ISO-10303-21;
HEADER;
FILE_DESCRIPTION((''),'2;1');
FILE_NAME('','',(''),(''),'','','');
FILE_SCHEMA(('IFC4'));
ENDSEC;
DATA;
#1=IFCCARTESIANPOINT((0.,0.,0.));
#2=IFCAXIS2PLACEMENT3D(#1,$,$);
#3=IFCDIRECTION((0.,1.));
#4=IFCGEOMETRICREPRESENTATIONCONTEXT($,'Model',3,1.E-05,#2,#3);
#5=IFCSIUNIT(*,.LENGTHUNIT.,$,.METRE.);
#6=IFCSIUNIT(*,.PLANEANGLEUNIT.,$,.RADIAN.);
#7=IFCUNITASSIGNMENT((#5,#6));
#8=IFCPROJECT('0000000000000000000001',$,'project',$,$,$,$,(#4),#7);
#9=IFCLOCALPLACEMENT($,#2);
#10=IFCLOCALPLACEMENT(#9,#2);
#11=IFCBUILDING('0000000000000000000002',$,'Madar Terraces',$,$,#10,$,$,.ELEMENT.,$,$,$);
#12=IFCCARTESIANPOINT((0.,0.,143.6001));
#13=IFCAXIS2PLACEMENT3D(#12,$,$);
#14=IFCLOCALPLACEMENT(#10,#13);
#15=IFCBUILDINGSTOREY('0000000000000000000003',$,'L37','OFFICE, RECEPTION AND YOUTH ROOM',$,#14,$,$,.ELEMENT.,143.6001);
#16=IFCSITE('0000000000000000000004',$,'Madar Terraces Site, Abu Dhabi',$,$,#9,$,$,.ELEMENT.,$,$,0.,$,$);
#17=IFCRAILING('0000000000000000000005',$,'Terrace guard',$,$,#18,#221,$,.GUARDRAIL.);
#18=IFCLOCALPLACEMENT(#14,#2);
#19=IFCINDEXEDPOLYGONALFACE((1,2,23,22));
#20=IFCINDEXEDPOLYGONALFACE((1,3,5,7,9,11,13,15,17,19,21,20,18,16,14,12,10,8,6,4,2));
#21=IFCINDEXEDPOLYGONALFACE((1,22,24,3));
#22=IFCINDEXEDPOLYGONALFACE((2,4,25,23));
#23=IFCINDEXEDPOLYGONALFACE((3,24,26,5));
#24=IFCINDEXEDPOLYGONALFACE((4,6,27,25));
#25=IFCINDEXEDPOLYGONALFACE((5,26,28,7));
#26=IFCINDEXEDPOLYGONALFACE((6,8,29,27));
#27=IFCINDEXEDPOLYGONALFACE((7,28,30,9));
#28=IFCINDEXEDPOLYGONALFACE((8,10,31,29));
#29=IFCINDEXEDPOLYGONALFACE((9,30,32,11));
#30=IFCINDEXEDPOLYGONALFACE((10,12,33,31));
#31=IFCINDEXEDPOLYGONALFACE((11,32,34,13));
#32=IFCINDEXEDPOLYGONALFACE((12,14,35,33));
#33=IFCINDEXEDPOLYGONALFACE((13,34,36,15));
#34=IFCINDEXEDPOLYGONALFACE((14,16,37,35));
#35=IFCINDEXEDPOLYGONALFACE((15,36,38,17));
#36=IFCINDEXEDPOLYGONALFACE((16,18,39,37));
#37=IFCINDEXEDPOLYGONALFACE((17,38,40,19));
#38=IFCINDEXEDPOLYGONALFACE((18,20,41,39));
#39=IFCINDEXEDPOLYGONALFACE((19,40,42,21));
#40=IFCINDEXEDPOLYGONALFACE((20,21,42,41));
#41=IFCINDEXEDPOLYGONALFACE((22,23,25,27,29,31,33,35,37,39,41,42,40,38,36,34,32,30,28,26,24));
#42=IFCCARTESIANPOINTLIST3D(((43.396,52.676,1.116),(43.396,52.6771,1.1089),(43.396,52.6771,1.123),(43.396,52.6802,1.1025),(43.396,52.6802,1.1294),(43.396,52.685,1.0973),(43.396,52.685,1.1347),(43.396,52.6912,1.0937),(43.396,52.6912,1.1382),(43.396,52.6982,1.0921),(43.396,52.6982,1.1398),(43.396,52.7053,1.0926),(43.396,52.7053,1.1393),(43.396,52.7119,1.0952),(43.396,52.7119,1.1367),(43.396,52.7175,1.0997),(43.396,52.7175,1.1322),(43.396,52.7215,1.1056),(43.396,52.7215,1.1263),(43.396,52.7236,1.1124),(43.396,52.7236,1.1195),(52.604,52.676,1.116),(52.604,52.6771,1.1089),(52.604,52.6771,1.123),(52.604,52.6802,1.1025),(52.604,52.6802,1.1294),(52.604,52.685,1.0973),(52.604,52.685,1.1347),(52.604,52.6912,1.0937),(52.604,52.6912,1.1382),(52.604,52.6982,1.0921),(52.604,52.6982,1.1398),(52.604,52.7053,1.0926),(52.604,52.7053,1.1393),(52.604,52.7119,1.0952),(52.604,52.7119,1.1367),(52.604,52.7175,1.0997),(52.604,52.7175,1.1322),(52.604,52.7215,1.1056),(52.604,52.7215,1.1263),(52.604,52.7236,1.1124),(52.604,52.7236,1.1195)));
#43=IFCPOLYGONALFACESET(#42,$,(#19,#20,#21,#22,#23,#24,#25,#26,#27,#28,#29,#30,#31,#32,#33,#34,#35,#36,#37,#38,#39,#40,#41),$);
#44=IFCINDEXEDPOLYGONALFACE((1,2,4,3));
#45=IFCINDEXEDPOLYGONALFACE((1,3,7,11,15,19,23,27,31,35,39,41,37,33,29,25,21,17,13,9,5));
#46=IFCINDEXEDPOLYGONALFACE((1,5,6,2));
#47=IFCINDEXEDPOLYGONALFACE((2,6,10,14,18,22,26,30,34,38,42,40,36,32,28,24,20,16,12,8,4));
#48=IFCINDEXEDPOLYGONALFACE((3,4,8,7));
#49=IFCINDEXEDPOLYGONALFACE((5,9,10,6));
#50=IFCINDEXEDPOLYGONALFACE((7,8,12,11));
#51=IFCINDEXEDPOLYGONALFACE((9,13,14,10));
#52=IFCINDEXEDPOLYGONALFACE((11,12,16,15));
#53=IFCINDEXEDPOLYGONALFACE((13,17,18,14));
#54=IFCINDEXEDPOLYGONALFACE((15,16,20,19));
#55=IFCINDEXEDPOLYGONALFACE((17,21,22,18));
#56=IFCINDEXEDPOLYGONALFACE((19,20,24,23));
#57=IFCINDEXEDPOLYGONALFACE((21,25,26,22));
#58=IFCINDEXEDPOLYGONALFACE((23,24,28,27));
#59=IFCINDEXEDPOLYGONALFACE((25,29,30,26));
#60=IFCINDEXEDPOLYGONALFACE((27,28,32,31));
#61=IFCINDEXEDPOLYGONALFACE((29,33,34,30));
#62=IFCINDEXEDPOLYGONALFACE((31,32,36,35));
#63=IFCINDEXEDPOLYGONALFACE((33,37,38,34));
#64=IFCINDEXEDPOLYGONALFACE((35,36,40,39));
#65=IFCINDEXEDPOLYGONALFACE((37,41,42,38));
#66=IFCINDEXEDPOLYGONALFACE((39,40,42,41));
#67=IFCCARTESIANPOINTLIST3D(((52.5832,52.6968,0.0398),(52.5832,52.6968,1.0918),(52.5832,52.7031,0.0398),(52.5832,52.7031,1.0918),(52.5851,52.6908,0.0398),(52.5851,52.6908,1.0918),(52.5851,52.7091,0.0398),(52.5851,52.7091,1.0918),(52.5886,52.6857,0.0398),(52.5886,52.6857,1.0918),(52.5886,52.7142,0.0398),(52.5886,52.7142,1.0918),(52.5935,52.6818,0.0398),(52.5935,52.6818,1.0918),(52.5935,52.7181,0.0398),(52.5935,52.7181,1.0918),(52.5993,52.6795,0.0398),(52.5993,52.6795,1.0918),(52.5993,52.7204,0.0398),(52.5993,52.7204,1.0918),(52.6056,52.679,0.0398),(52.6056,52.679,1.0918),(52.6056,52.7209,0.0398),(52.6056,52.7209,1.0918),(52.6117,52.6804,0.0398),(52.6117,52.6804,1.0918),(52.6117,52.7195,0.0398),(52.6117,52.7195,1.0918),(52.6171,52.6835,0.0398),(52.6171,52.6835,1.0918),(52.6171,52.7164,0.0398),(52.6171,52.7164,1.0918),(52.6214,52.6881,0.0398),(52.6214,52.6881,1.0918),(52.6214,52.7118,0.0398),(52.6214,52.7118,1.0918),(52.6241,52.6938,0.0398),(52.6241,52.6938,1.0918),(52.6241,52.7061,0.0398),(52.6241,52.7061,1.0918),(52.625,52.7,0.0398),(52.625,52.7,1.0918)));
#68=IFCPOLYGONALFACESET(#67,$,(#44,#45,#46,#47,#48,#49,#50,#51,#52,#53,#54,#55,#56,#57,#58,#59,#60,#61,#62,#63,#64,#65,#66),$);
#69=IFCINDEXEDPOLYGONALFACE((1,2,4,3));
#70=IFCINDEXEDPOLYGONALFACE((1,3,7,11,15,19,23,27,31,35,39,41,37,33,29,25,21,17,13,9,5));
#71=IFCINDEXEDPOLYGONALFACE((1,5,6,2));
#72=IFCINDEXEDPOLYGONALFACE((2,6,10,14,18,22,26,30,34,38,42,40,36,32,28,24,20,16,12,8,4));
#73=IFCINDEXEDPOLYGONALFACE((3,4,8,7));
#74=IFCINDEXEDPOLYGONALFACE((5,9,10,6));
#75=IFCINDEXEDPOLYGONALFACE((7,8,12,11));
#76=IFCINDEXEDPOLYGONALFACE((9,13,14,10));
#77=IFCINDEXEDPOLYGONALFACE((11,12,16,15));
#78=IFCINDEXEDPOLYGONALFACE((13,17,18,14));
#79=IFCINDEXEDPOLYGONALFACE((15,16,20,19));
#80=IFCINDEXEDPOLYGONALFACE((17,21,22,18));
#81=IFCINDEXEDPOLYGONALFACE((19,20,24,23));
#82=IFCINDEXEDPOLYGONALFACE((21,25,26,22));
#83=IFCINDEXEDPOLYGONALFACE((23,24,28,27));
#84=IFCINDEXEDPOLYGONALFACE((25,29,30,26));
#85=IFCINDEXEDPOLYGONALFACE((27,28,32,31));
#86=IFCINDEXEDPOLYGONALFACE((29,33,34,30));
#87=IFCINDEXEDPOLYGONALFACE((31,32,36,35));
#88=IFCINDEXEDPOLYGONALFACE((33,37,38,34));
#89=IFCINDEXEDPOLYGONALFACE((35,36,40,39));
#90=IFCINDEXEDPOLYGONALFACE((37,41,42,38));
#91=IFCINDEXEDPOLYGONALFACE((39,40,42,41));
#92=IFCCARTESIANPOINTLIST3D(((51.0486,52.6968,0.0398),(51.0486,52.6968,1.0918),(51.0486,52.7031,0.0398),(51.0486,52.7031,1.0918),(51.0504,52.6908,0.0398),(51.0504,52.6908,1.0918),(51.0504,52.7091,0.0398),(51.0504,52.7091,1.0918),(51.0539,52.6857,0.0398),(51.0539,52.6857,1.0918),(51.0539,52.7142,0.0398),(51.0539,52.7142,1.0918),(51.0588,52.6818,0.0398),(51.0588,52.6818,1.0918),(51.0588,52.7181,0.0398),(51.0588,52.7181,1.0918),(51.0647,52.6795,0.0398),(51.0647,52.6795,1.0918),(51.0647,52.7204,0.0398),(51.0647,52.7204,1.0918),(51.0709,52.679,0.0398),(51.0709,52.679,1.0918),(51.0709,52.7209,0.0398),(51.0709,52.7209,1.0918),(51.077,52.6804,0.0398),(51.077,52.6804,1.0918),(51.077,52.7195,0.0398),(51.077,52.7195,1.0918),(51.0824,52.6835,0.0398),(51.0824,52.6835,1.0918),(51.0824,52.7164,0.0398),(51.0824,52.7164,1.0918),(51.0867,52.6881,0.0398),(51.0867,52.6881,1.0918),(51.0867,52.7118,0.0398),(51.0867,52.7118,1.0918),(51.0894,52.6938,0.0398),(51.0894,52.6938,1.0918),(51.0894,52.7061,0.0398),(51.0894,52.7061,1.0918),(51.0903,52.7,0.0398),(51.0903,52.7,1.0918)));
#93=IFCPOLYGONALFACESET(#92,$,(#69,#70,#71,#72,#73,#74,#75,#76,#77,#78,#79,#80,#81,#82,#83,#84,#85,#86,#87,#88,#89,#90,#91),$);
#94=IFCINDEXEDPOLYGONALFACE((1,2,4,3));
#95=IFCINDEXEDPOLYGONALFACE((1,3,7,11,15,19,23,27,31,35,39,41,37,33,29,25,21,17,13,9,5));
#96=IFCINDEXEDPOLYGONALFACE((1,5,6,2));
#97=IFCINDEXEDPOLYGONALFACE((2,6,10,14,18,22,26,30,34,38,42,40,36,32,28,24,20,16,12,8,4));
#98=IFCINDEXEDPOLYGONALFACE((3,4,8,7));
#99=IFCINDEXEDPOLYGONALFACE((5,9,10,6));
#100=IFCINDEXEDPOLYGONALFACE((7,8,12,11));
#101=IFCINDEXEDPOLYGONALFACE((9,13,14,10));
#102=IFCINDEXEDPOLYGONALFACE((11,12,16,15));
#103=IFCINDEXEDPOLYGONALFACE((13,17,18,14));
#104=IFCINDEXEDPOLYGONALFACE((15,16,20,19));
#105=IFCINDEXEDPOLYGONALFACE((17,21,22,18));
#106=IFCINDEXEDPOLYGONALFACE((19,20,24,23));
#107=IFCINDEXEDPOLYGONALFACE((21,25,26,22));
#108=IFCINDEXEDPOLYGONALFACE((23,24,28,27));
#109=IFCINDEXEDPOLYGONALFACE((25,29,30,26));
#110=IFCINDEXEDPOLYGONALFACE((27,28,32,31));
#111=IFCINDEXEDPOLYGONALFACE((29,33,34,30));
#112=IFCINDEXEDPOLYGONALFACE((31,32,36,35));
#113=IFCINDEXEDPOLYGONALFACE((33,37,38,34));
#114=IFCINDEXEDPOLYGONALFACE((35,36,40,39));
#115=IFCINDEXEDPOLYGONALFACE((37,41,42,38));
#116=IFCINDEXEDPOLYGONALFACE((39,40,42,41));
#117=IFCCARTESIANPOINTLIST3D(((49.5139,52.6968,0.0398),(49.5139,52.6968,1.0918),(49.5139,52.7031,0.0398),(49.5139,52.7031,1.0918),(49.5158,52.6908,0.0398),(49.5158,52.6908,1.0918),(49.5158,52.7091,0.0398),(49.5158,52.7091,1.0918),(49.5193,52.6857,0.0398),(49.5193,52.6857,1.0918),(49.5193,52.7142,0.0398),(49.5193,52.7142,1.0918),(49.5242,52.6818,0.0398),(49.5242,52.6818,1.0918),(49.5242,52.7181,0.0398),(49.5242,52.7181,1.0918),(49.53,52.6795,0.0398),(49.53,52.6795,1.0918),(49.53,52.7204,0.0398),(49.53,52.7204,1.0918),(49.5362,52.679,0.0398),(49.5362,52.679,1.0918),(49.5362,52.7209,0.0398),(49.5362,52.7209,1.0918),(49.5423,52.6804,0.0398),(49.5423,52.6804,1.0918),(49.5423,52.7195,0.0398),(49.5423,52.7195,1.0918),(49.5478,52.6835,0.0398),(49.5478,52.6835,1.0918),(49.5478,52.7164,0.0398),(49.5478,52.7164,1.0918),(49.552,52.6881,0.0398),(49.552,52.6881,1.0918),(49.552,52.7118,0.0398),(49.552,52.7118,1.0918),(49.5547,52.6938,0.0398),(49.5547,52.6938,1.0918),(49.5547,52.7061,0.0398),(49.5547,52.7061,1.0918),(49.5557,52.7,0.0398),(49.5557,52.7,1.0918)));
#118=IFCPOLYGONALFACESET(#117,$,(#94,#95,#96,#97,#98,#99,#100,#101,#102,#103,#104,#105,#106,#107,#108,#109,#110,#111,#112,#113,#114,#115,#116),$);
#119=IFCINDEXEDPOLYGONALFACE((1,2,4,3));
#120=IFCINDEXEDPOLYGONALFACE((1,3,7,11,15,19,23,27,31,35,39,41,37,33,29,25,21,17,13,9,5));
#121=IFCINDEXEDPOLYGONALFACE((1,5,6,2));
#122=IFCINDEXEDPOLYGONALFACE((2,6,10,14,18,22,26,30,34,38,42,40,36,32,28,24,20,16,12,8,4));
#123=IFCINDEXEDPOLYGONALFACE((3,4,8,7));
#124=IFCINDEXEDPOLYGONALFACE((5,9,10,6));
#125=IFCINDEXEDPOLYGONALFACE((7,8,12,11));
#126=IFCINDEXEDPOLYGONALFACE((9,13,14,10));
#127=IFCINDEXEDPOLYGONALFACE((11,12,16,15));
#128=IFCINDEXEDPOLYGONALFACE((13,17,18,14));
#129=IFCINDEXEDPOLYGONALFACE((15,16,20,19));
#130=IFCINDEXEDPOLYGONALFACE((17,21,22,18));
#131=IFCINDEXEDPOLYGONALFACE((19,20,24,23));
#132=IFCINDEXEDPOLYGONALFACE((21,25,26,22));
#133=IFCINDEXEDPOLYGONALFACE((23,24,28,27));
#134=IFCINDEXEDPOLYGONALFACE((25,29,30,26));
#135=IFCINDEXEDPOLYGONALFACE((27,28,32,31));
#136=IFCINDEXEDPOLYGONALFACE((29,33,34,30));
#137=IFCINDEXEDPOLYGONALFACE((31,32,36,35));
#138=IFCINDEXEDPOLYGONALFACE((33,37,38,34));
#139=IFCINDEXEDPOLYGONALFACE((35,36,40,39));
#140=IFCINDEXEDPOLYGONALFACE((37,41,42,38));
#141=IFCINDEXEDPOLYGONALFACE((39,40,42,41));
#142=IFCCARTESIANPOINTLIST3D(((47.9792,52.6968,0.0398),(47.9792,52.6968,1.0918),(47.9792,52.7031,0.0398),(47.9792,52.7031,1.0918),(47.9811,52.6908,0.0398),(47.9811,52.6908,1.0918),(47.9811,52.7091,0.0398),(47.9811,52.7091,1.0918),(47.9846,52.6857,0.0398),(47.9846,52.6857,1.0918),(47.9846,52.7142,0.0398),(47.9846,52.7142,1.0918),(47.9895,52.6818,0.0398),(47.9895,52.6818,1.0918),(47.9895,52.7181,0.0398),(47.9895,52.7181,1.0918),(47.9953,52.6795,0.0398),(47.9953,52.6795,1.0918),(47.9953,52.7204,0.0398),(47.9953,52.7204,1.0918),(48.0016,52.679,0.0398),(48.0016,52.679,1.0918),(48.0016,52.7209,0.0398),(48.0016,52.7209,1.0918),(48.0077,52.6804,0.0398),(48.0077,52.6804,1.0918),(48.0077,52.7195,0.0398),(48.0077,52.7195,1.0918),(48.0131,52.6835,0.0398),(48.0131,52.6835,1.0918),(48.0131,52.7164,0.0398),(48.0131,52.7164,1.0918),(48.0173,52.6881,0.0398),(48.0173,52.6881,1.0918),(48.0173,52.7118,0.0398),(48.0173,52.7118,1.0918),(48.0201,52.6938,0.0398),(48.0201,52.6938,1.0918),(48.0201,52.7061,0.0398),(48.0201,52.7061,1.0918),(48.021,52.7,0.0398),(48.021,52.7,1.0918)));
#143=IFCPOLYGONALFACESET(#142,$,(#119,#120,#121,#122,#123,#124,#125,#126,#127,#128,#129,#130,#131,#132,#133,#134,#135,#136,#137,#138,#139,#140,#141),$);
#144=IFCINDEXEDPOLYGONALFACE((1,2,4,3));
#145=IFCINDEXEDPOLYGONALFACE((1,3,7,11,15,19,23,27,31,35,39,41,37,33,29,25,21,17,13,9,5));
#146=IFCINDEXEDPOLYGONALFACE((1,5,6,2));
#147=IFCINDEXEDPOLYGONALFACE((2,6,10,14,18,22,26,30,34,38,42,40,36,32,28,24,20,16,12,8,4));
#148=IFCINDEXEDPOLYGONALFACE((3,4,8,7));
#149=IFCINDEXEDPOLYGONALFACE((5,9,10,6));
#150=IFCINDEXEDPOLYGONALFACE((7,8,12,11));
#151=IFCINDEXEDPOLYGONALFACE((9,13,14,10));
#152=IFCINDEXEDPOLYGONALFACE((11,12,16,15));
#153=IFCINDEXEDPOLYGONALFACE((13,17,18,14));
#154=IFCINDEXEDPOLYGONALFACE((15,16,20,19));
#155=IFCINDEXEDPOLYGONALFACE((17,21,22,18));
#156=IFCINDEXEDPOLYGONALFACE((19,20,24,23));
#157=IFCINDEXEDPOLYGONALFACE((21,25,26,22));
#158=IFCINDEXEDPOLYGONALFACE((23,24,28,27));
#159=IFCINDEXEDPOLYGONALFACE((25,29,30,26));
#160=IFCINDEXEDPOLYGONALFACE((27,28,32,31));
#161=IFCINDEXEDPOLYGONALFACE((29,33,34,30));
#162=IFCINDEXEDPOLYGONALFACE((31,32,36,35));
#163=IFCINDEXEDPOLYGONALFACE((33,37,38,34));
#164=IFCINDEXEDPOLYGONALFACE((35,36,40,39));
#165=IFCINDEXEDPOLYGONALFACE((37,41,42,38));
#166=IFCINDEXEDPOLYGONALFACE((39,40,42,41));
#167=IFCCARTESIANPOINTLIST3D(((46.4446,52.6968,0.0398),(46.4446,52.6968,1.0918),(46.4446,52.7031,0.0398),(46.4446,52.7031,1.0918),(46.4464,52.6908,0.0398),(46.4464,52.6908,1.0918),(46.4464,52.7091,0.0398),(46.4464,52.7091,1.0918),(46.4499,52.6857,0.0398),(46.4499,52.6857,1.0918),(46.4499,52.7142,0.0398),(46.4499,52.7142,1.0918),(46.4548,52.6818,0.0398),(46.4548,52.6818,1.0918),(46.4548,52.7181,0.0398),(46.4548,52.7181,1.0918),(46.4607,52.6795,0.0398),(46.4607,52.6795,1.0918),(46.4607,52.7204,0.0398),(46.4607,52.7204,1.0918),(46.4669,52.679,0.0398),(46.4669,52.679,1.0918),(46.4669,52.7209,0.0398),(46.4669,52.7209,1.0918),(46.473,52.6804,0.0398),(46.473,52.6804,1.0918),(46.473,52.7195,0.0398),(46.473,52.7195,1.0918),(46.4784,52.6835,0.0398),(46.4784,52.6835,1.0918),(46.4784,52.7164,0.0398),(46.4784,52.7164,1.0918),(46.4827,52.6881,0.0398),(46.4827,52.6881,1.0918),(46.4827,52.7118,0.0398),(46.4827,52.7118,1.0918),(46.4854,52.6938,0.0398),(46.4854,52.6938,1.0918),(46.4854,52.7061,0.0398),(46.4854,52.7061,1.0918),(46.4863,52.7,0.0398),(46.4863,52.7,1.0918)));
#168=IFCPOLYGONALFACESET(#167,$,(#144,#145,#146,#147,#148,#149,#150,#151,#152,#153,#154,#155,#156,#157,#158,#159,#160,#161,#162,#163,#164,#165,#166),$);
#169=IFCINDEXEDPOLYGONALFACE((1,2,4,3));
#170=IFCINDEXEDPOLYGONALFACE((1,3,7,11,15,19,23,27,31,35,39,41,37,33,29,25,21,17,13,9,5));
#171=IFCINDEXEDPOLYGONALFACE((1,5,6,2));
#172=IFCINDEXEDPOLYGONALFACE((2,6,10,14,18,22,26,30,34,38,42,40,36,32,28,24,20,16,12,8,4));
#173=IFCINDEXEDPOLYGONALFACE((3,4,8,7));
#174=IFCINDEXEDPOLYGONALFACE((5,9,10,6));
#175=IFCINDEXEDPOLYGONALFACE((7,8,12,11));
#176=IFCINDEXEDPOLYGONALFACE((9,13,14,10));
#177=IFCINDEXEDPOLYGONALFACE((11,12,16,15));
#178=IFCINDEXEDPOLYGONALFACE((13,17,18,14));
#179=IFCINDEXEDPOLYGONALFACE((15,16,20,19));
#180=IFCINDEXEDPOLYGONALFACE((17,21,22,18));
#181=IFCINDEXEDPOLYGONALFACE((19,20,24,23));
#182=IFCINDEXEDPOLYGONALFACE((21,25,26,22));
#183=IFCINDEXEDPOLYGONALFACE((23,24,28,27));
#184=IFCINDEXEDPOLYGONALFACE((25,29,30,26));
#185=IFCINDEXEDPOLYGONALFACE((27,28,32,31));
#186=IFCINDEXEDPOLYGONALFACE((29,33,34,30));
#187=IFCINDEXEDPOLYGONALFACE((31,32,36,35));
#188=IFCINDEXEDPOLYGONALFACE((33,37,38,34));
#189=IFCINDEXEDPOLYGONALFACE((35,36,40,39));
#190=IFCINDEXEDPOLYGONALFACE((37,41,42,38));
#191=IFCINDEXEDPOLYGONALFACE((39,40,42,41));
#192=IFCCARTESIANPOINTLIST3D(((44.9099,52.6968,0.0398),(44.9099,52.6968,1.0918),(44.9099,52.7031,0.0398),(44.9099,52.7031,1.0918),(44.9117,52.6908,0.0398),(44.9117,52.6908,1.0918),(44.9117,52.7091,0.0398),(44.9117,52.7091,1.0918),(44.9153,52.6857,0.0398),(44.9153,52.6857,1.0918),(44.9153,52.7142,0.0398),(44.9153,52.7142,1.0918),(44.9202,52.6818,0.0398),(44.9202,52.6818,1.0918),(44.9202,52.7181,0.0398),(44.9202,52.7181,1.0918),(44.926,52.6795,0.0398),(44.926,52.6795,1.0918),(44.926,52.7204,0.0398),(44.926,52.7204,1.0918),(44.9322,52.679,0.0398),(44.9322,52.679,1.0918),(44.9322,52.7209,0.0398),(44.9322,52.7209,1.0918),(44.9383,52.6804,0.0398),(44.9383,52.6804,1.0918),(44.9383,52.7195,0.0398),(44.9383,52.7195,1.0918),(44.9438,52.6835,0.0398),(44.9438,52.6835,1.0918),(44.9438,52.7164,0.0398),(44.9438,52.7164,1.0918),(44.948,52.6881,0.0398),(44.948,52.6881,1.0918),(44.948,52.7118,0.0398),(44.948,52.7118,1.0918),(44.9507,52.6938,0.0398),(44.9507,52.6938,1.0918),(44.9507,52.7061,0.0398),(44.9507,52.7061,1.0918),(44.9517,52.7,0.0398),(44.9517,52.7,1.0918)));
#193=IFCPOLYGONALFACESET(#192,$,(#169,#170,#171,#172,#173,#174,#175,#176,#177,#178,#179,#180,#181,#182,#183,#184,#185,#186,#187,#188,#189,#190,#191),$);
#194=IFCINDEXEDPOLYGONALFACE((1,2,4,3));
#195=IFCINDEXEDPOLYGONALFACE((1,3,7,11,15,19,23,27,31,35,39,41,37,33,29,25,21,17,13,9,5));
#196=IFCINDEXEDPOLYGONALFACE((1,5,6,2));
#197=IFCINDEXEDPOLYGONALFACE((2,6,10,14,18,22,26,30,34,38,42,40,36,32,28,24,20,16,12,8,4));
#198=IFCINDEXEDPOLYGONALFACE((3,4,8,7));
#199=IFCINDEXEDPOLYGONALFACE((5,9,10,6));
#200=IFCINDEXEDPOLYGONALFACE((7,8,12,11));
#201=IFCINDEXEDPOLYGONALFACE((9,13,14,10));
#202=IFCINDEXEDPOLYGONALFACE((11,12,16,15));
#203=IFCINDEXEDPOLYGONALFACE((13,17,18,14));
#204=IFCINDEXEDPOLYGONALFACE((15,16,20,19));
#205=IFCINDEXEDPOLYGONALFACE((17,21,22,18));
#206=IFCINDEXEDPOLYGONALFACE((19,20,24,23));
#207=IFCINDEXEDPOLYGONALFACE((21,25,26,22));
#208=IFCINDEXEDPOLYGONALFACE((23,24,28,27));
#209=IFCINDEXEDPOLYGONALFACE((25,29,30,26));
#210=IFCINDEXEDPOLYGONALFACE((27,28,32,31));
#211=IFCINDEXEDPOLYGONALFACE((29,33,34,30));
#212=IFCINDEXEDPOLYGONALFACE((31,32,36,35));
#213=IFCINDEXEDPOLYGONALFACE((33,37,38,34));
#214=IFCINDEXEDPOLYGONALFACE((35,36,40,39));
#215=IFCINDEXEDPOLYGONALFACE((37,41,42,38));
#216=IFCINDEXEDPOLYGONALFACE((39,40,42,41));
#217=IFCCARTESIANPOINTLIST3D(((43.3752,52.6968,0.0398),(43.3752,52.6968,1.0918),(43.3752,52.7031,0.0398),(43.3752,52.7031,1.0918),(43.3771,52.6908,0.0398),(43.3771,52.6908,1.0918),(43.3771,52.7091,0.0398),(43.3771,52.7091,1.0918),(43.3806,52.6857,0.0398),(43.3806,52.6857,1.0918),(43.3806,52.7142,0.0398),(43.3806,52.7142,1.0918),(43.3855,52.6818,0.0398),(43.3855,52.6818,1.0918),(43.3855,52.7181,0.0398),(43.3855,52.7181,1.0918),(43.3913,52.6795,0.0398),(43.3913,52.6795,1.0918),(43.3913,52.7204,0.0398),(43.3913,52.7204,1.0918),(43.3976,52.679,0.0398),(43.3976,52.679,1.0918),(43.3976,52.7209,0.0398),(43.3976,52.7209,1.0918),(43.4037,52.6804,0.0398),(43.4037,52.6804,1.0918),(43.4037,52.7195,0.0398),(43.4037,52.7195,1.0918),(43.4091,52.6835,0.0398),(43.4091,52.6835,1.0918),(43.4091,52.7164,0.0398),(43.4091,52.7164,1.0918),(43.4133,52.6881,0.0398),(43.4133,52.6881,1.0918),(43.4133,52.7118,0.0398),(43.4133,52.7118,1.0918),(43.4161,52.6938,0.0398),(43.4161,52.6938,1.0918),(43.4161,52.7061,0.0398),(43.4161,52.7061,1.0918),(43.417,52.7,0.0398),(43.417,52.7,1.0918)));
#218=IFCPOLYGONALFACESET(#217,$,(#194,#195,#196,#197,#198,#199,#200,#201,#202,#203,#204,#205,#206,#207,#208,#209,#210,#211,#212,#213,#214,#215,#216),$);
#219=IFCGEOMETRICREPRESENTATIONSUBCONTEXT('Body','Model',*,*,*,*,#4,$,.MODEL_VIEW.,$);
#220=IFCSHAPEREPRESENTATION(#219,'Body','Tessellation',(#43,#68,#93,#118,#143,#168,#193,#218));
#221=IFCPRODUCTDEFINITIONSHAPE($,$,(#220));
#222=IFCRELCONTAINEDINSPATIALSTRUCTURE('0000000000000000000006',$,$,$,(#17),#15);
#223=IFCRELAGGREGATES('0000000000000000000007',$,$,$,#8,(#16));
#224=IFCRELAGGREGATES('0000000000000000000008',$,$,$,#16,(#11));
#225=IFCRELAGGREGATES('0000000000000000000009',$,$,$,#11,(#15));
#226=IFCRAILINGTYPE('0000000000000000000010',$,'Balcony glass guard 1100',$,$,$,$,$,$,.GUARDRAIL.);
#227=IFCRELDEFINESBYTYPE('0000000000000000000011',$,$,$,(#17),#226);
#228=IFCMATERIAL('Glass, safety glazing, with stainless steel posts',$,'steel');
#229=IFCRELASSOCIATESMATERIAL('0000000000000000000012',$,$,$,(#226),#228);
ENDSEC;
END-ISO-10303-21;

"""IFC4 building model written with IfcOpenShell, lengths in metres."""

from ifc_helpers import new_model, si_unit, direction, frame, origin, origin_2d, place, context, subcontext, project, spatial, circle, extrude, material, type_object, element, save


model = new_model("IFC4")

# Units and contexts
model_context = context("Model", 3, precision=1e-05, world=origin(), true_north=direction((0.0, 1.0)))
body_context = subcontext(model_context, "Body", "Model", "MODEL_VIEW")
ifc_project = project(units=[si_unit("LENGTHUNIT", "METRE"), si_unit("PLANEANGLEUNIT", "RADIAN")], contexts=[model_context])

# Site, building, storey
site_placement = place(None, origin())
site = spatial("IfcSite", under=ifc_project, at=site_placement, Name="Madar Terraces Site, Abu Dhabi", CompositionType="ELEMENT", RefElevation=0.0)
building_placement = place(site_placement, origin())
building = spatial("IfcBuilding", under=site, at=building_placement, Name="Madar Terraces", CompositionType="ELEMENT")
storey_placement = place(building_placement, frame((0.0, 0.0, 143.6001)))
storey = spatial("IfcBuildingStorey", under=building, at=storey_placement, Name="L37", Description="OFFICE, RECEPTION AND YOUTH ROOM", CompositionType="ELEMENT", Elevation=143.6001)

# Railing
ifc_material_1 = material(Name="Glass, safety glazing, with stainless steel posts", Category="steel")
railing_type = type_object("IfcRailingType", Name="Balcony glass guard 1100", PredefinedType="GUARDRAIL", material=ifc_material_1)
railing_1_placement = place(storey_placement, frame((52.604, 52.7, 0.0398)))
element("IfcRailing", 1, at=railing_1_placement, inside=storey, type_object=railing_type, Name="Terrace guard", PredefinedType="GUARDRAIL", context=body_context, shape_type="SweptSolid", body=[
    extrude(circle(Radius=0.0239, at=origin_2d()), frame((0.0, 0.0, 1.0762), z_axis=(-1.0, 0.0, 0.0), x_axis=(0.0, -1.0, 0.0)), (0.0, 0.0, 1.0), 9.208),
    extrude(circle(Radius=0.021, at=origin_2d()), origin(), (0.0, 0.0, 1.0), 1.052),
    extrude(circle(Radius=0.021, at=origin_2d()), frame((-1.5347, 0.0, 0.0)), (0.0, 0.0, 1.0), 1.052),
    extrude(circle(Radius=0.021, at=origin_2d()), frame((-3.0693, 0.0, 0.0)), (0.0, 0.0, 1.0), 1.052),
    extrude(circle(Radius=0.021, at=origin_2d()), frame((-4.604, 0.0, 0.0)), (0.0, 0.0, 1.0), 1.052),
    extrude(circle(Radius=0.021, at=origin_2d()), frame((-6.1387, 0.0, 0.0)), (0.0, 0.0, 1.0), 1.052),
    extrude(circle(Radius=0.021, at=origin_2d()), frame((-7.6733, 0.0, 0.0)), (0.0, 0.0, 1.0), 1.052),
    extrude(circle(Radius=0.021, at=origin_2d()), frame((-9.208, 0.0, 0.0)), (0.0, 0.0, 1.0), 1.052),
])

save(model, "model.ifc")
